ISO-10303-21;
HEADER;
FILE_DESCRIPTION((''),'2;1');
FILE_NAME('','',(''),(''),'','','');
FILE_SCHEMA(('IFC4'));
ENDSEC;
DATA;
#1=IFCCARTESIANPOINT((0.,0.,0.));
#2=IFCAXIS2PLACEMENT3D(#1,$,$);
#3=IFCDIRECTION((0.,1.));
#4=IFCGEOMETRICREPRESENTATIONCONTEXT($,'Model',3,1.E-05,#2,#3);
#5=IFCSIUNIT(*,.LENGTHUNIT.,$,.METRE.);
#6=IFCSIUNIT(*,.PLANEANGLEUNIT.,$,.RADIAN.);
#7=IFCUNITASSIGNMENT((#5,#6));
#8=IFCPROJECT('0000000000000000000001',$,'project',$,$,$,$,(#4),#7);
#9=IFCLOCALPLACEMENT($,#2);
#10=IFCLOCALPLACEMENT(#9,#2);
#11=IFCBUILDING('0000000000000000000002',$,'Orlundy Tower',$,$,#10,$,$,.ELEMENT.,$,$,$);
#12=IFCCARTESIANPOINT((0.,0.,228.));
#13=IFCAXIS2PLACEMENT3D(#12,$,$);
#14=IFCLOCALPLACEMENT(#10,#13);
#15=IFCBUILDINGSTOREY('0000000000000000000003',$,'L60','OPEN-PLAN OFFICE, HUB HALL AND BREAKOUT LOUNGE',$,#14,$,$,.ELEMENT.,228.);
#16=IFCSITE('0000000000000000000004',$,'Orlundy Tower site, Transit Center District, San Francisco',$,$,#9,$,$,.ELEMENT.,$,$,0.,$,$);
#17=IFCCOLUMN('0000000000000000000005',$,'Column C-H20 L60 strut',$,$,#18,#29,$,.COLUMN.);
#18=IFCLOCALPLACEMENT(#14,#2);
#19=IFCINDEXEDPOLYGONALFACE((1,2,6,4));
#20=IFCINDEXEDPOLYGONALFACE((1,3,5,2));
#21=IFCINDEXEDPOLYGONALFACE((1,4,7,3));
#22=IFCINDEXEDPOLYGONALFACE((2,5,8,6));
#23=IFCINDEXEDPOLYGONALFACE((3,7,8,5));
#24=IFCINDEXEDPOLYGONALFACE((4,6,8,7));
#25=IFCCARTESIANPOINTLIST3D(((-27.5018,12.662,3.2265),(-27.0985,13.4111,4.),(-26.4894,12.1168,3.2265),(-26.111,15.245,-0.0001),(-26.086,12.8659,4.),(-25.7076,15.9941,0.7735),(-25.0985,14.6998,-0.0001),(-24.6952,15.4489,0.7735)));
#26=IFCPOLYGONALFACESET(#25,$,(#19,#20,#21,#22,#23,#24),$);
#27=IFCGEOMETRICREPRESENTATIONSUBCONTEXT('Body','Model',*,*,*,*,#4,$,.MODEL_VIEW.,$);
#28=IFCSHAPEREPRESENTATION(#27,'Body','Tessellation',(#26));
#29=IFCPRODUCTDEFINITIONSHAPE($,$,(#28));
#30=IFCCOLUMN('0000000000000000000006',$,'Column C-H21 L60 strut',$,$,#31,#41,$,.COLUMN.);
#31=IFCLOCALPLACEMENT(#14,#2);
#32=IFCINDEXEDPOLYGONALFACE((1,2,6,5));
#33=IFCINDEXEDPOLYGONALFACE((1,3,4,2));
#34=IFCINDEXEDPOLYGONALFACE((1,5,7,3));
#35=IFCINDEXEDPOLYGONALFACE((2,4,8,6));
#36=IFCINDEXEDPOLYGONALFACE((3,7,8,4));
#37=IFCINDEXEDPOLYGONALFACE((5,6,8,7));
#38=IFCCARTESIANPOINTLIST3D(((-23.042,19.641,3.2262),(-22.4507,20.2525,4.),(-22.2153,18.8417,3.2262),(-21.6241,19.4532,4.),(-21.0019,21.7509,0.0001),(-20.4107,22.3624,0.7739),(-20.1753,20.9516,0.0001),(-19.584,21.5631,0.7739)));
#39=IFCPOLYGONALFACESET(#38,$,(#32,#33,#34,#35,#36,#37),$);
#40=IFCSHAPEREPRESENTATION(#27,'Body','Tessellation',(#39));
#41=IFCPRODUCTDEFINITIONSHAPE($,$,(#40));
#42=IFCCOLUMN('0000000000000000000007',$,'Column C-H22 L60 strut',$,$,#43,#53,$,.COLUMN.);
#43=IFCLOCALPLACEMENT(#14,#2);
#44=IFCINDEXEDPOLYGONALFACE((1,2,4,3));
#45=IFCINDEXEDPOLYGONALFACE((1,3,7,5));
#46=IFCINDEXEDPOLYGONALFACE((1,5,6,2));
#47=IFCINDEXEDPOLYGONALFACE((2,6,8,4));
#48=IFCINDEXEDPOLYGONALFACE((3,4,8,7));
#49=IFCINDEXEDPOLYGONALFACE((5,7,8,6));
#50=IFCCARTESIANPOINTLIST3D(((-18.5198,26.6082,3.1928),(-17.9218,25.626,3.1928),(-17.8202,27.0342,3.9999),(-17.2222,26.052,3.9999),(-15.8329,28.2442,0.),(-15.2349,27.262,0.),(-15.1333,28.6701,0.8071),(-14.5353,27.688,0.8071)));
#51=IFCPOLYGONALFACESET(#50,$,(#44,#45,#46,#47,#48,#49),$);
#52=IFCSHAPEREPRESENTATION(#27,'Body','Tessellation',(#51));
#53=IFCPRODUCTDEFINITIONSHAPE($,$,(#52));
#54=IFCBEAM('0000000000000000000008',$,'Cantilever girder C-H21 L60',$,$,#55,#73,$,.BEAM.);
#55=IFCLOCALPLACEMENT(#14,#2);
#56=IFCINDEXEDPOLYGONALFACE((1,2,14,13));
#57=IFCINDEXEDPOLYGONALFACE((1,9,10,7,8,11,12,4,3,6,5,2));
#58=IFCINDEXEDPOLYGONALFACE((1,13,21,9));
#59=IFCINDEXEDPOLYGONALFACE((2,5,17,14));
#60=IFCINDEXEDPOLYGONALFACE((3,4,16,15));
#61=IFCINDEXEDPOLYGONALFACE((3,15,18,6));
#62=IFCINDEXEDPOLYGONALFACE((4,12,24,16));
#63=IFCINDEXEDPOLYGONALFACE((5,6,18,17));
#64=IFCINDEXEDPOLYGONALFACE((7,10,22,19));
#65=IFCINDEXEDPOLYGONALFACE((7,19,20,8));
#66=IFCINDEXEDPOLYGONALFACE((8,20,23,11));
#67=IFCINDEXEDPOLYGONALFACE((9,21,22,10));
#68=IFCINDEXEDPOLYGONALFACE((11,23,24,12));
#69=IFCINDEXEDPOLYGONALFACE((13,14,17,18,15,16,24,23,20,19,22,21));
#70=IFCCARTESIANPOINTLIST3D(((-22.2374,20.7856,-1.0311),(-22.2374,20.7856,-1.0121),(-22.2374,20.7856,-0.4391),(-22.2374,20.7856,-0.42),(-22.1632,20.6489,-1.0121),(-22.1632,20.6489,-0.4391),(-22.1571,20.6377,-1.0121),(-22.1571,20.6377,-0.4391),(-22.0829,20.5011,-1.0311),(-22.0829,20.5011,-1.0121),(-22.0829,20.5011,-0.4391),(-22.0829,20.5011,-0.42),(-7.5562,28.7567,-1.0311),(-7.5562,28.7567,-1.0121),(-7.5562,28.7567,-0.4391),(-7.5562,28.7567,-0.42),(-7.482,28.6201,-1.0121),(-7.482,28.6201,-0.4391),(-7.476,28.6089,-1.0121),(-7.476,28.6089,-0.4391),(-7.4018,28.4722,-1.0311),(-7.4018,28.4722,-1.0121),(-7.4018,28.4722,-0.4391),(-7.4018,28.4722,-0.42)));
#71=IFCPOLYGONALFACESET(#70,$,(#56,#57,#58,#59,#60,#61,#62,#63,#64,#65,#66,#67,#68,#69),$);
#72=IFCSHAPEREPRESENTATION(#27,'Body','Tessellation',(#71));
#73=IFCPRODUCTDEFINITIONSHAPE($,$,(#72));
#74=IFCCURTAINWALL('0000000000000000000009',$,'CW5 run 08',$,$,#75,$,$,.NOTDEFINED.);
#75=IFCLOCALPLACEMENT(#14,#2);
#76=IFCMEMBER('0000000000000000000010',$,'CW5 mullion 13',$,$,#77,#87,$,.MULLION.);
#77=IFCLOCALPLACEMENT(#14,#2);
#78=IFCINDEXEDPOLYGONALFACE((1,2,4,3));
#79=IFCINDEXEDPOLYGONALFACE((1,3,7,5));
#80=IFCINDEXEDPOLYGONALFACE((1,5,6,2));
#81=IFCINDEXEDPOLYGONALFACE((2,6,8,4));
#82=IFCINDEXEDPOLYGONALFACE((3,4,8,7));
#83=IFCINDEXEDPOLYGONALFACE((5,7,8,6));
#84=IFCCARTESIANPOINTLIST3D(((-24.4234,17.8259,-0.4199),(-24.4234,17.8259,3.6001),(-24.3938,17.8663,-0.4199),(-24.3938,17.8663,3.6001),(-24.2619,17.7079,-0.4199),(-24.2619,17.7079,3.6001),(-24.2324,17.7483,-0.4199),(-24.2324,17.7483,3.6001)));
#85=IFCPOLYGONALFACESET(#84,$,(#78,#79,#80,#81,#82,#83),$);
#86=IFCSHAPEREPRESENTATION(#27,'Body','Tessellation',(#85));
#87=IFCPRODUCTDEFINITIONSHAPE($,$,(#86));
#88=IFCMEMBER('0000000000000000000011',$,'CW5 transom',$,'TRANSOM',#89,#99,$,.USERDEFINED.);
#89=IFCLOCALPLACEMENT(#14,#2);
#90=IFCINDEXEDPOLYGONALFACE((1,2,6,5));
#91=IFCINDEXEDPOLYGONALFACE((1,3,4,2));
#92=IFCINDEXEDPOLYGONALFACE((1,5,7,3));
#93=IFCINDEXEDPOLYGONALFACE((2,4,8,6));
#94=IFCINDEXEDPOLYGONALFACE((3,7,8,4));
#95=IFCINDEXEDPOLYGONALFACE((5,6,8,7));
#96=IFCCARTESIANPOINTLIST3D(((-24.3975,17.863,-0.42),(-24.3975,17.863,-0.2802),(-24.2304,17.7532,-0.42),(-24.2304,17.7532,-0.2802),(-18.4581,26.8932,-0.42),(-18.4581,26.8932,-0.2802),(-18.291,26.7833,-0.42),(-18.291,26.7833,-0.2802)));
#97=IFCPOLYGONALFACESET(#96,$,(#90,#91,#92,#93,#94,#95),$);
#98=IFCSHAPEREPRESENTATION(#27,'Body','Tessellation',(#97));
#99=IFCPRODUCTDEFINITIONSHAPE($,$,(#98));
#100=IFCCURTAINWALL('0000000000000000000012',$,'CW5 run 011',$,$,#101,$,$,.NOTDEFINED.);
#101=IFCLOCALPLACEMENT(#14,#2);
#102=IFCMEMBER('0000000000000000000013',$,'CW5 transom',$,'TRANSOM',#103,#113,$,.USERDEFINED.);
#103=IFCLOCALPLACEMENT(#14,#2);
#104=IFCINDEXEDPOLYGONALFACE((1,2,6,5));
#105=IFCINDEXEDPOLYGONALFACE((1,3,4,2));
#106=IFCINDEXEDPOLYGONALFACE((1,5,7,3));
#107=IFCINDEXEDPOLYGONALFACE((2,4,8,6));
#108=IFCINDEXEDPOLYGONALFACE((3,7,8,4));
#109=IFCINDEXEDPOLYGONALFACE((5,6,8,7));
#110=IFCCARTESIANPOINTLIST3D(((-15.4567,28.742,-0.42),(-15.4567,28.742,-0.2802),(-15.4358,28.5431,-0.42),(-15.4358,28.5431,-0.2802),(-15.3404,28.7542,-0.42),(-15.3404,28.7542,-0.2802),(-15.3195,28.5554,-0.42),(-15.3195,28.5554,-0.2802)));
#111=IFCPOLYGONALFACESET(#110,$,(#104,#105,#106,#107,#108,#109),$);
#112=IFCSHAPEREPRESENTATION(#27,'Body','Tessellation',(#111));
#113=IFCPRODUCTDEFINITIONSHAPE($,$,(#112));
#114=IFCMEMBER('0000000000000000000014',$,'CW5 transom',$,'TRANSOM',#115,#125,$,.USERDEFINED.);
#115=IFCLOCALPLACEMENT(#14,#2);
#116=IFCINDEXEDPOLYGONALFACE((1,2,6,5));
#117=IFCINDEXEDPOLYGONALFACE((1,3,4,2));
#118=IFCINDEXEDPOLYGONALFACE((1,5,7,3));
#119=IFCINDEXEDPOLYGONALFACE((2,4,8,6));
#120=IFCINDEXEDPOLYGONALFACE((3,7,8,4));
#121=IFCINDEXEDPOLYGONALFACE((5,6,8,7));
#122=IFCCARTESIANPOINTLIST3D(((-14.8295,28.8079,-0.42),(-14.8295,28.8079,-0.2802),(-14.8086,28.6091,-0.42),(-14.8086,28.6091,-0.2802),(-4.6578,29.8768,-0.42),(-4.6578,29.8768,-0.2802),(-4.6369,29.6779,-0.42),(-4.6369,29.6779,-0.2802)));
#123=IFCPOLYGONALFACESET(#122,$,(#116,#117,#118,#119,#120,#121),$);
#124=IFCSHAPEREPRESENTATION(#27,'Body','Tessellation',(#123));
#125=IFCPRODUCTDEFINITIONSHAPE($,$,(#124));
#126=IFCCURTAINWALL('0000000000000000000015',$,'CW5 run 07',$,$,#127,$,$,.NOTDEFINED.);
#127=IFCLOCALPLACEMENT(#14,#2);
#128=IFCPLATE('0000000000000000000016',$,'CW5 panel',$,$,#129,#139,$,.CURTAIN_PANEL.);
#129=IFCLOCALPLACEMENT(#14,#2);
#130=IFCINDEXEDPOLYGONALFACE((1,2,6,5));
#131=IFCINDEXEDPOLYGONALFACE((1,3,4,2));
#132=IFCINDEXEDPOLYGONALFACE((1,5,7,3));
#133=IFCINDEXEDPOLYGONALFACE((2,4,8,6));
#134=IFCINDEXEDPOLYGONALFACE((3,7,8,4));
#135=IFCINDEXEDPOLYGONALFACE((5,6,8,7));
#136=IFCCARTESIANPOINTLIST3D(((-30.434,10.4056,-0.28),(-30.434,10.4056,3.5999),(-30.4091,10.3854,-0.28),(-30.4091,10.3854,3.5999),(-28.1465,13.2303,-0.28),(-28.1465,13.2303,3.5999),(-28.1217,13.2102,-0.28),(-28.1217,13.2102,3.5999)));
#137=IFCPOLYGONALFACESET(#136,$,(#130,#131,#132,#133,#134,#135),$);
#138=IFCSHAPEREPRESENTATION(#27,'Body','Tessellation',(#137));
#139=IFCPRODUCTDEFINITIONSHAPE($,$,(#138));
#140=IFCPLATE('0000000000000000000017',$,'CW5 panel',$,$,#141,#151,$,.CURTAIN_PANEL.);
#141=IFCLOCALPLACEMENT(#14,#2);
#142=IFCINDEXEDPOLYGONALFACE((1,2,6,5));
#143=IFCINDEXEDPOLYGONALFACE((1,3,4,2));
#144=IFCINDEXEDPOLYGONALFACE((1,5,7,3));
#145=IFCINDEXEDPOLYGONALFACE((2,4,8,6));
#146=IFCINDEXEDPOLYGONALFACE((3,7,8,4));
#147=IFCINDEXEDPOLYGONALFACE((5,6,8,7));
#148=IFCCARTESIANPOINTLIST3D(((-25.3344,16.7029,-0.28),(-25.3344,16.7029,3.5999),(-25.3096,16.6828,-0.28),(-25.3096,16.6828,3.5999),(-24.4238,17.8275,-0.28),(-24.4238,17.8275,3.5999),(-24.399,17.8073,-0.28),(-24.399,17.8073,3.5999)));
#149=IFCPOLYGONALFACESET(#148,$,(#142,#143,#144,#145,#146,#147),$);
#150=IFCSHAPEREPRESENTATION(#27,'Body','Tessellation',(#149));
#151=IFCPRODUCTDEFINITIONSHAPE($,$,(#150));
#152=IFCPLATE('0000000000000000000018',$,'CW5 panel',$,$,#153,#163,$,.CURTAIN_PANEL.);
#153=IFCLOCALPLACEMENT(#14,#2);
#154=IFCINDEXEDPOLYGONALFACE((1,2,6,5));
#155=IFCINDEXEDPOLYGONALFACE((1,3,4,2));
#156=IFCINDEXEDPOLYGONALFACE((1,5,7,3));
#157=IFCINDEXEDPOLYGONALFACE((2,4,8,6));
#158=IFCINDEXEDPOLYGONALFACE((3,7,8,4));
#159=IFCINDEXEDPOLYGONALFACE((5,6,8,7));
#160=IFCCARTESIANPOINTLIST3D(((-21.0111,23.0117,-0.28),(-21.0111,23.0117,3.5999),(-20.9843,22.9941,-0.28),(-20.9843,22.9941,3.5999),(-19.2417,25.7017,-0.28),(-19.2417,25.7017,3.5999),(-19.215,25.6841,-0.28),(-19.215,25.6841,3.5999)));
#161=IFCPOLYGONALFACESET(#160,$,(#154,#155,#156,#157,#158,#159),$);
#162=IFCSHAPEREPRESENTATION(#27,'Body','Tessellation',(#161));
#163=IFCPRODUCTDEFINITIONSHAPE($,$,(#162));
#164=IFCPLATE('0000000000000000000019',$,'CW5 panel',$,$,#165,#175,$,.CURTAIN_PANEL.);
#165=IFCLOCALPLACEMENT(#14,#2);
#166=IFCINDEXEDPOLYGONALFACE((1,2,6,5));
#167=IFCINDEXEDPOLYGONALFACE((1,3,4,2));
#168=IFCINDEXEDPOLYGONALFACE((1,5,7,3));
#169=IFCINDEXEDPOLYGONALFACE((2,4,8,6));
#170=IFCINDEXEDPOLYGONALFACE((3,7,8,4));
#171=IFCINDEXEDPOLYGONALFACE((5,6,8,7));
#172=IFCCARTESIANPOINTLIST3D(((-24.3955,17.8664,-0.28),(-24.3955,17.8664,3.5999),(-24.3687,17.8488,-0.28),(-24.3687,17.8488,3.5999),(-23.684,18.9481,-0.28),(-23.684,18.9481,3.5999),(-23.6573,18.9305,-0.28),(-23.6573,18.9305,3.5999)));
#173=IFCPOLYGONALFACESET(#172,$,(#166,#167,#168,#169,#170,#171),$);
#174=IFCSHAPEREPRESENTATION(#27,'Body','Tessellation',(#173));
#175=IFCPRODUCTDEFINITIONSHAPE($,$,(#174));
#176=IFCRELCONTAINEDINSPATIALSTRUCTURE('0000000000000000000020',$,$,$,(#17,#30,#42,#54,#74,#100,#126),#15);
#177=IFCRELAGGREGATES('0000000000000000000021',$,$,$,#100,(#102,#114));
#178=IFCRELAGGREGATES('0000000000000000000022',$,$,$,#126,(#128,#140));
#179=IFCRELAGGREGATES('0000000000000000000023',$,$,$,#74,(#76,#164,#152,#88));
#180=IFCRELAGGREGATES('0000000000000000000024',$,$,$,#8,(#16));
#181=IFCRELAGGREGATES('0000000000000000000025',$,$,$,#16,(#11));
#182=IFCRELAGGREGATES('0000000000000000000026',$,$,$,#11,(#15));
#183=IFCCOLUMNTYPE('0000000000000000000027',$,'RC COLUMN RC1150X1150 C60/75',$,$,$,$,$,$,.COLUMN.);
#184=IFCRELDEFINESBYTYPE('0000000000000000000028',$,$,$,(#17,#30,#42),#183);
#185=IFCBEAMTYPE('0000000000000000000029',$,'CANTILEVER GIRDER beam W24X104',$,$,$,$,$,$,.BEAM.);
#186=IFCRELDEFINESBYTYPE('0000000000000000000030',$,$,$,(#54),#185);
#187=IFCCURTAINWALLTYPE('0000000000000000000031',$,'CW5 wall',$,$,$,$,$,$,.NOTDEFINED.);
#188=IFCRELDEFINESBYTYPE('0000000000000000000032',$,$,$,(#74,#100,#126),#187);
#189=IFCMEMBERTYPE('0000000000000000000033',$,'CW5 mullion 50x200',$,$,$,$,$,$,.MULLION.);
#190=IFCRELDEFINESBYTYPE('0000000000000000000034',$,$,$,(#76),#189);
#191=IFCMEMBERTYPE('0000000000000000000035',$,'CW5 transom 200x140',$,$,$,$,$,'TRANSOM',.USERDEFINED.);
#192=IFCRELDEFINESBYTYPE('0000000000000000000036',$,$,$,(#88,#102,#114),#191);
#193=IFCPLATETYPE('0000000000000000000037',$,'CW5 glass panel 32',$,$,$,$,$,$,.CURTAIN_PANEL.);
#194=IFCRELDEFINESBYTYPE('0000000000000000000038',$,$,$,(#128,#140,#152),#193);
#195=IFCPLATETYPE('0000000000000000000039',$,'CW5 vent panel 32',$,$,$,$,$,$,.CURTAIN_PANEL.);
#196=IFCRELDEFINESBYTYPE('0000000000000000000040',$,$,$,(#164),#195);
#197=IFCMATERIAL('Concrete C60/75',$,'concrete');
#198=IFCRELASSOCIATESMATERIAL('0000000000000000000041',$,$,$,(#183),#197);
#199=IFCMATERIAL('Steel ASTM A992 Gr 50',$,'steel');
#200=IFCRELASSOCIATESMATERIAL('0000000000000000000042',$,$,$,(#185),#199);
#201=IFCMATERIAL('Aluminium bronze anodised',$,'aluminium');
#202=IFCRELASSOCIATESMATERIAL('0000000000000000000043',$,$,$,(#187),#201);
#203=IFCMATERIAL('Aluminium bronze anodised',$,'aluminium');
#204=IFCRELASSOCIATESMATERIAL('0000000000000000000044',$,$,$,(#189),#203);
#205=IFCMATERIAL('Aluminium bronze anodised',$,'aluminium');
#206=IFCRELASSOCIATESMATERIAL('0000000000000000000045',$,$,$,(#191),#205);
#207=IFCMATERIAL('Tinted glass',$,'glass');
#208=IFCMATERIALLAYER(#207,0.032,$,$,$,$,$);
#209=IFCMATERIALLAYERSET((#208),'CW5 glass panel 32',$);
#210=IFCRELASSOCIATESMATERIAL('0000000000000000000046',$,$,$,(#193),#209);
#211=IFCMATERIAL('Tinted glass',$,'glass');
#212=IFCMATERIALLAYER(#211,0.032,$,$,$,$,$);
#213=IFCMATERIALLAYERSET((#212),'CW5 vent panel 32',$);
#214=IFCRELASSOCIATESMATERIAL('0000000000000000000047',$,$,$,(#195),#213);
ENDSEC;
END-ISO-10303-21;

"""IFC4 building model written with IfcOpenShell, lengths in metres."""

from ifc_helpers import new_model, si_unit, direction, frame, origin, origin_2d, place, context, subcontext, project, spatial, rectangle, i_section, extrude, material, layer, layer_set, material_profile, profile_set, type_object, element, aggregate, save


model = new_model("IFC4")

# Units and contexts
model_context = context("Model", 3, precision=1e-05, world=origin(), true_north=direction((0.0, 1.0)))
body_context = subcontext(model_context, "Body", "Model", "MODEL_VIEW")
ifc_project = project(units=[si_unit("LENGTHUNIT", "METRE"), si_unit("PLANEANGLEUNIT", "RADIAN")], contexts=[model_context])

# Site, building, storey
site_placement = place(None, origin())
site = spatial("IfcSite", under=ifc_project, at=site_placement, Name="Orlundy Tower site, Transit Center District, San Francisco", CompositionType="ELEMENT", RefElevation=0.0)
building_placement = place(site_placement, origin())
building = spatial("IfcBuilding", under=site, at=building_placement, Name="Orlundy Tower", CompositionType="ELEMENT")
storey_placement = place(building_placement, frame((0.0, 0.0, 228.0)))
storey = spatial("IfcBuildingStorey", under=building, at=storey_placement, Name="L60", Description="OPEN-PLAN OFFICE, HUB HALL AND BREAKOUT LOUNGE", CompositionType="ELEMENT", Elevation=228.0)

# Columns
ifc_material_1 = material(Name="Concrete C60/75", Category="concrete")
ifc_material_profile_1 = material_profile(ifc_material_1, rectangle(XDim=1.1499, YDim=1.1499, at=origin_2d()), Name="RC1150X1150")
ifc_profile_set_1 = profile_set([ifc_material_profile_1], Name="Concrete C60/75")
column_type = type_object("IfcColumnType", Name="RC COLUMN RC1150X1150 C60/75", PredefinedType="COLUMN", material=ifc_profile_set_1)
column_1_placement = place(storey_placement, frame((-25.4031, 15.3469, 0.3867), z_axis=(-0.318943, -0.592315, 0.73989), x_axis=(0.880468, -0.474105, 0.0)))
element("IfcColumn", 1, at=column_1_placement, inside=storey, type_object=column_type, Name="Column C-H20 L60 strut", PredefinedType="COLUMN", context=body_context, shape_type="SweptSolid", body=[
    extrude(rectangle(XDim=1.1499, YDim=1.1499, at=origin_2d()), origin(), (0.0, 0.0, 1.0), 4.3608),
])
column_2_placement = place(storey_placement, frame((-20.293, 21.657, 0.387), z_axis=(-0.467761, -0.483771, 0.739707), x_axis=(0.718902, -0.695111, 0.0)))
element("IfcColumn", 2, at=column_2_placement, inside=storey, type_object=column_type, Name="Column C-H21 L60 strut", PredefinedType="COLUMN", context=body_context, shape_type="SweptSolid", body=[
    extrude(rectangle(XDim=1.1499, YDim=1.1499, at=origin_2d()), origin(), (0.0, 0.0, 1.0), 4.3613),
])
column_3_placement = place(storey_placement, frame((-15.1841, 27.9661, 0.4036), z_axis=(-0.599473, -0.364989, 0.712331), x_axis=(0.520043, -0.85414, 0.0)))
element("IfcColumn", 3, at=column_3_placement, inside=storey, type_object=column_type, Name="Column C-H22 L60 strut", PredefinedType="COLUMN", context=body_context, shape_type="SweptSolid", body=[
    extrude(rectangle(XDim=1.1499, YDim=1.1499, at=origin_2d()), origin(), (0.0, 0.0, 1.0), 4.4822),
])

# Beam
ifc_material_2 = material(Name="Steel ASTM A992 Gr 50", Category="steel")
ifc_material_profile_2 = material_profile(ifc_material_2, i_section(OverallWidth=0.3237, OverallDepth=0.6111, WebThickness=0.0127, FlangeThickness=0.019, at=origin_2d()), Name="W24X104")
ifc_profile_set_2 = profile_set([ifc_material_profile_2], Name="Steel ASTM A992 Gr 50")
beam_type = type_object("IfcBeamType", Name="CANTILEVER GIRDER beam W24X104", PredefinedType="BEAM", material=ifc_profile_set_2)
beam_placement = place(storey_placement, frame((-22.1602, 20.6433, -0.7256), z_axis=(0.878818, 0.477158, 0.0), x_axis=(-0.477158, 0.878818, 0.0)))
element("IfcBeam", 4, at=beam_placement, inside=storey, type_object=beam_type, Name="Cantilever girder C-H21 L60", PredefinedType="BEAM", context=body_context, shape_type="SweptSolid", body=[
    extrude(i_section(OverallWidth=0.3237, OverallDepth=0.6111, WebThickness=0.0127, FlangeThickness=0.019, at=origin_2d()), origin(), (0.0, 0.0, 1.0), 16.7056),
])

# Curtain walls, members
ifc_material_3 = material(Name="Aluminium bronze anodised", Category="aluminium")
curtain_wall_type = type_object("IfcCurtainWallType", Name="CW5 wall", PredefinedType="NOTDEFINED", material=ifc_material_3)
curtain_wall_1_placement = place(storey_placement, origin())
curtain_wall_1 = element("IfcCurtainWall", 5, at=curtain_wall_1_placement, inside=storey, type_object=curtain_wall_type, Name="CW5 run 08", PredefinedType="NOTDEFINED")
ifc_material_4 = material(Name="Aluminium bronze anodised", Category="aluminium")
ifc_material_profile_3 = material_profile(ifc_material_4, rectangle(XDim=0.2, YDim=0.05, at=origin_2d()), Name="CW5 mullion 50x200")
ifc_profile_set_3 = profile_set([ifc_material_profile_3], Name="Aluminium bronze anodised")
member_type_1 = type_object("IfcMemberType", Name="CW5 mullion 50x200", PredefinedType="MULLION", material=ifc_profile_set_3)
member_1_placement = place(storey_placement, frame((-24.3279, 17.7871, -0.4199), z_axis=(0.0, 0.0, 1.0), x_axis=(-0.8073, 0.590141, 0.0)))
member_1 = element("IfcMember", 6, at=member_1_placement, type_object=member_type_1, Name="CW5 mullion 13", PredefinedType="MULLION", context=body_context, shape_type="SweptSolid", body=[
    extrude(rectangle(XDim=0.2, YDim=0.05, at=origin_2d()), origin(), (0.0, 0.0, 1.0), 4.02),
])
ifc_material_5 = material(Name="Aluminium bronze anodised", Category="aluminium")
ifc_material_profile_4 = material_profile(ifc_material_5, rectangle(XDim=0.2, YDim=0.1399, at=origin_2d()), Name="CW5 transom 200x140")
ifc_profile_set_4 = profile_set([ifc_material_profile_4], Name="Aluminium bronze anodised")
member_type_2 = type_object("IfcMemberType", Name="CW5 transom 200x140", ElementType="TRANSOM", PredefinedType="USERDEFINED", material=ifc_profile_set_4)
member_2_placement = place(storey_placement, frame((-24.314, 17.8081, -0.3501), z_axis=(0.549519, 0.835481, 0.0), x_axis=(-0.835481, 0.549519, 0.0)))
member_2 = element("IfcMember", 7, at=member_2_placement, type_object=member_type_2, Name="CW5 transom", ObjectType="TRANSOM", PredefinedType="USERDEFINED", context=body_context, shape_type="SweptSolid", body=[
    extrude(rectangle(XDim=0.2, YDim=0.1399, at=origin_2d()), origin(), (0.0, 0.0, 1.0), 10.8083),
])
curtain_wall_2_placement = place(storey_placement, origin())
curtain_wall_2 = element("IfcCurtainWall", 8, at=curtain_wall_2_placement, inside=storey, type_object=curtain_wall_type, Name="CW5 run 011", PredefinedType="NOTDEFINED")
member_3_placement = place(storey_placement, frame((-15.4463, 28.6426, -0.3501), z_axis=(0.994528, 0.104467, 0.0), x_axis=(-0.104467, 0.994528, 0.0)))
member_3 = element("IfcMember", 9, at=member_3_placement, type_object=member_type_2, Name="CW5 transom", ObjectType="TRANSOM", PredefinedType="USERDEFINED", context=body_context, shape_type="SweptSolid", body=[
    extrude(rectangle(XDim=0.2, YDim=0.1399, at=origin_2d()), origin(), (0.0, 0.0, 1.0), 0.1169),
])
member_4_placement = place(storey_placement, frame((-14.8191, 28.7085, -0.3501), z_axis=(0.994525, 0.104503, 0.0), x_axis=(-0.104503, 0.994525, 0.0)))
member_4 = element("IfcMember", 10, at=member_4_placement, type_object=member_type_2, Name="CW5 transom", ObjectType="TRANSOM", PredefinedType="USERDEFINED", context=body_context, shape_type="SweptSolid", body=[
    extrude(rectangle(XDim=0.2, YDim=0.1399, at=origin_2d()), origin(), (0.0, 0.0, 1.0), 10.2278),
])
aggregate(curtain_wall_2, [member_3, member_4])

# Curtain wall, plates
curtain_wall_3_placement = place(storey_placement, origin())
curtain_wall_3 = element("IfcCurtainWall", 11, at=curtain_wall_3_placement, inside=storey, type_object=curtain_wall_type, Name="CW5 run 07", PredefinedType="NOTDEFINED")
ifc_material_6 = material(Name="Tinted glass", Category="glass")
ifc_layer_1 = layer(ifc_material_6, 0.032)
ifc_layer_set_1 = layer_set([ifc_layer_1], Name="CW5 glass panel 32")
plate_type_1 = type_object("IfcPlateType", Name="CW5 glass panel 32", PredefinedType="CURTAIN_PANEL", material=ifc_layer_set_1)
plate_1_placement = place(storey_placement, frame((-29.2778, 11.8079, -0.28), z_axis=(0.0, 0.0, 1.0), x_axis=(0.629319, 0.777147, 0.0)))
plate_1 = element("IfcPlate", 12, at=plate_1_placement, type_object=plate_type_1, Name="CW5 panel", PredefinedType="CURTAIN_PANEL", context=body_context, shape_type="SweptSolid", body=[
    extrude(rectangle(XDim=3.6348, YDim=0.032, at=origin_2d()), origin(), (0.0, 0.0, 1.0), 3.8799),
])
plate_2_placement = place(storey_placement, frame((-24.8667, 17.2551, -0.28), z_axis=(0.0, 0.0, 1.0), x_axis=(0.629319, 0.777147, 0.0)))
plate_2 = element("IfcPlate", 13, at=plate_2_placement, type_object=plate_type_1, Name="CW5 panel", PredefinedType="CURTAIN_PANEL", context=body_context, shape_type="SweptSolid", body=[
    extrude(rectangle(XDim=1.447, YDim=0.032, at=origin_2d()), origin(), (0.0, 0.0, 1.0), 3.8799),
])
aggregate(curtain_wall_3, [plate_1, plate_2])

# Plates
plate_3_placement = place(storey_placement, frame((-20.113, 24.3479, -0.28), z_axis=(0.0, 0.0, 1.0), x_axis=(0.549521, 0.83548, 0.0)))
plate_3 = element("IfcPlate", 14, at=plate_3_placement, type_object=plate_type_1, Name="CW5 panel", PredefinedType="CURTAIN_PANEL", context=body_context, shape_type="SweptSolid", body=[
    extrude(rectangle(XDim=3.2197, YDim=0.032, at=origin_2d()), origin(), (0.0, 0.0, 1.0), 3.8799),
])
ifc_material_7 = material(Name="Tinted glass", Category="glass")
ifc_layer_2 = layer(ifc_material_7, 0.032)
ifc_layer_set_2 = layer_set([ifc_layer_2], Name="CW5 vent panel 32")
plate_type_2 = type_object("IfcPlateType", Name="CW5 vent panel 32", PredefinedType="CURTAIN_PANEL", material=ifc_layer_set_2)
plate_4_placement = place(storey_placement, frame((-24.0264, 18.3984, -0.28), z_axis=(0.0, 0.0, 1.0), x_axis=(0.549521, 0.83548, 0.0)))
plate_4 = element("IfcPlate", 15, at=plate_4_placement, type_object=plate_type_2, Name="CW5 panel", PredefinedType="CURTAIN_PANEL", context=body_context, shape_type="SweptSolid", body=[
    extrude(rectangle(XDim=1.2947, YDim=0.032, at=origin_2d()), origin(), (0.0, 0.0, 1.0), 3.8799),
])
aggregate(curtain_wall_1, [member_1, plate_4, plate_3, member_2])

save(model, "model.ifc")
